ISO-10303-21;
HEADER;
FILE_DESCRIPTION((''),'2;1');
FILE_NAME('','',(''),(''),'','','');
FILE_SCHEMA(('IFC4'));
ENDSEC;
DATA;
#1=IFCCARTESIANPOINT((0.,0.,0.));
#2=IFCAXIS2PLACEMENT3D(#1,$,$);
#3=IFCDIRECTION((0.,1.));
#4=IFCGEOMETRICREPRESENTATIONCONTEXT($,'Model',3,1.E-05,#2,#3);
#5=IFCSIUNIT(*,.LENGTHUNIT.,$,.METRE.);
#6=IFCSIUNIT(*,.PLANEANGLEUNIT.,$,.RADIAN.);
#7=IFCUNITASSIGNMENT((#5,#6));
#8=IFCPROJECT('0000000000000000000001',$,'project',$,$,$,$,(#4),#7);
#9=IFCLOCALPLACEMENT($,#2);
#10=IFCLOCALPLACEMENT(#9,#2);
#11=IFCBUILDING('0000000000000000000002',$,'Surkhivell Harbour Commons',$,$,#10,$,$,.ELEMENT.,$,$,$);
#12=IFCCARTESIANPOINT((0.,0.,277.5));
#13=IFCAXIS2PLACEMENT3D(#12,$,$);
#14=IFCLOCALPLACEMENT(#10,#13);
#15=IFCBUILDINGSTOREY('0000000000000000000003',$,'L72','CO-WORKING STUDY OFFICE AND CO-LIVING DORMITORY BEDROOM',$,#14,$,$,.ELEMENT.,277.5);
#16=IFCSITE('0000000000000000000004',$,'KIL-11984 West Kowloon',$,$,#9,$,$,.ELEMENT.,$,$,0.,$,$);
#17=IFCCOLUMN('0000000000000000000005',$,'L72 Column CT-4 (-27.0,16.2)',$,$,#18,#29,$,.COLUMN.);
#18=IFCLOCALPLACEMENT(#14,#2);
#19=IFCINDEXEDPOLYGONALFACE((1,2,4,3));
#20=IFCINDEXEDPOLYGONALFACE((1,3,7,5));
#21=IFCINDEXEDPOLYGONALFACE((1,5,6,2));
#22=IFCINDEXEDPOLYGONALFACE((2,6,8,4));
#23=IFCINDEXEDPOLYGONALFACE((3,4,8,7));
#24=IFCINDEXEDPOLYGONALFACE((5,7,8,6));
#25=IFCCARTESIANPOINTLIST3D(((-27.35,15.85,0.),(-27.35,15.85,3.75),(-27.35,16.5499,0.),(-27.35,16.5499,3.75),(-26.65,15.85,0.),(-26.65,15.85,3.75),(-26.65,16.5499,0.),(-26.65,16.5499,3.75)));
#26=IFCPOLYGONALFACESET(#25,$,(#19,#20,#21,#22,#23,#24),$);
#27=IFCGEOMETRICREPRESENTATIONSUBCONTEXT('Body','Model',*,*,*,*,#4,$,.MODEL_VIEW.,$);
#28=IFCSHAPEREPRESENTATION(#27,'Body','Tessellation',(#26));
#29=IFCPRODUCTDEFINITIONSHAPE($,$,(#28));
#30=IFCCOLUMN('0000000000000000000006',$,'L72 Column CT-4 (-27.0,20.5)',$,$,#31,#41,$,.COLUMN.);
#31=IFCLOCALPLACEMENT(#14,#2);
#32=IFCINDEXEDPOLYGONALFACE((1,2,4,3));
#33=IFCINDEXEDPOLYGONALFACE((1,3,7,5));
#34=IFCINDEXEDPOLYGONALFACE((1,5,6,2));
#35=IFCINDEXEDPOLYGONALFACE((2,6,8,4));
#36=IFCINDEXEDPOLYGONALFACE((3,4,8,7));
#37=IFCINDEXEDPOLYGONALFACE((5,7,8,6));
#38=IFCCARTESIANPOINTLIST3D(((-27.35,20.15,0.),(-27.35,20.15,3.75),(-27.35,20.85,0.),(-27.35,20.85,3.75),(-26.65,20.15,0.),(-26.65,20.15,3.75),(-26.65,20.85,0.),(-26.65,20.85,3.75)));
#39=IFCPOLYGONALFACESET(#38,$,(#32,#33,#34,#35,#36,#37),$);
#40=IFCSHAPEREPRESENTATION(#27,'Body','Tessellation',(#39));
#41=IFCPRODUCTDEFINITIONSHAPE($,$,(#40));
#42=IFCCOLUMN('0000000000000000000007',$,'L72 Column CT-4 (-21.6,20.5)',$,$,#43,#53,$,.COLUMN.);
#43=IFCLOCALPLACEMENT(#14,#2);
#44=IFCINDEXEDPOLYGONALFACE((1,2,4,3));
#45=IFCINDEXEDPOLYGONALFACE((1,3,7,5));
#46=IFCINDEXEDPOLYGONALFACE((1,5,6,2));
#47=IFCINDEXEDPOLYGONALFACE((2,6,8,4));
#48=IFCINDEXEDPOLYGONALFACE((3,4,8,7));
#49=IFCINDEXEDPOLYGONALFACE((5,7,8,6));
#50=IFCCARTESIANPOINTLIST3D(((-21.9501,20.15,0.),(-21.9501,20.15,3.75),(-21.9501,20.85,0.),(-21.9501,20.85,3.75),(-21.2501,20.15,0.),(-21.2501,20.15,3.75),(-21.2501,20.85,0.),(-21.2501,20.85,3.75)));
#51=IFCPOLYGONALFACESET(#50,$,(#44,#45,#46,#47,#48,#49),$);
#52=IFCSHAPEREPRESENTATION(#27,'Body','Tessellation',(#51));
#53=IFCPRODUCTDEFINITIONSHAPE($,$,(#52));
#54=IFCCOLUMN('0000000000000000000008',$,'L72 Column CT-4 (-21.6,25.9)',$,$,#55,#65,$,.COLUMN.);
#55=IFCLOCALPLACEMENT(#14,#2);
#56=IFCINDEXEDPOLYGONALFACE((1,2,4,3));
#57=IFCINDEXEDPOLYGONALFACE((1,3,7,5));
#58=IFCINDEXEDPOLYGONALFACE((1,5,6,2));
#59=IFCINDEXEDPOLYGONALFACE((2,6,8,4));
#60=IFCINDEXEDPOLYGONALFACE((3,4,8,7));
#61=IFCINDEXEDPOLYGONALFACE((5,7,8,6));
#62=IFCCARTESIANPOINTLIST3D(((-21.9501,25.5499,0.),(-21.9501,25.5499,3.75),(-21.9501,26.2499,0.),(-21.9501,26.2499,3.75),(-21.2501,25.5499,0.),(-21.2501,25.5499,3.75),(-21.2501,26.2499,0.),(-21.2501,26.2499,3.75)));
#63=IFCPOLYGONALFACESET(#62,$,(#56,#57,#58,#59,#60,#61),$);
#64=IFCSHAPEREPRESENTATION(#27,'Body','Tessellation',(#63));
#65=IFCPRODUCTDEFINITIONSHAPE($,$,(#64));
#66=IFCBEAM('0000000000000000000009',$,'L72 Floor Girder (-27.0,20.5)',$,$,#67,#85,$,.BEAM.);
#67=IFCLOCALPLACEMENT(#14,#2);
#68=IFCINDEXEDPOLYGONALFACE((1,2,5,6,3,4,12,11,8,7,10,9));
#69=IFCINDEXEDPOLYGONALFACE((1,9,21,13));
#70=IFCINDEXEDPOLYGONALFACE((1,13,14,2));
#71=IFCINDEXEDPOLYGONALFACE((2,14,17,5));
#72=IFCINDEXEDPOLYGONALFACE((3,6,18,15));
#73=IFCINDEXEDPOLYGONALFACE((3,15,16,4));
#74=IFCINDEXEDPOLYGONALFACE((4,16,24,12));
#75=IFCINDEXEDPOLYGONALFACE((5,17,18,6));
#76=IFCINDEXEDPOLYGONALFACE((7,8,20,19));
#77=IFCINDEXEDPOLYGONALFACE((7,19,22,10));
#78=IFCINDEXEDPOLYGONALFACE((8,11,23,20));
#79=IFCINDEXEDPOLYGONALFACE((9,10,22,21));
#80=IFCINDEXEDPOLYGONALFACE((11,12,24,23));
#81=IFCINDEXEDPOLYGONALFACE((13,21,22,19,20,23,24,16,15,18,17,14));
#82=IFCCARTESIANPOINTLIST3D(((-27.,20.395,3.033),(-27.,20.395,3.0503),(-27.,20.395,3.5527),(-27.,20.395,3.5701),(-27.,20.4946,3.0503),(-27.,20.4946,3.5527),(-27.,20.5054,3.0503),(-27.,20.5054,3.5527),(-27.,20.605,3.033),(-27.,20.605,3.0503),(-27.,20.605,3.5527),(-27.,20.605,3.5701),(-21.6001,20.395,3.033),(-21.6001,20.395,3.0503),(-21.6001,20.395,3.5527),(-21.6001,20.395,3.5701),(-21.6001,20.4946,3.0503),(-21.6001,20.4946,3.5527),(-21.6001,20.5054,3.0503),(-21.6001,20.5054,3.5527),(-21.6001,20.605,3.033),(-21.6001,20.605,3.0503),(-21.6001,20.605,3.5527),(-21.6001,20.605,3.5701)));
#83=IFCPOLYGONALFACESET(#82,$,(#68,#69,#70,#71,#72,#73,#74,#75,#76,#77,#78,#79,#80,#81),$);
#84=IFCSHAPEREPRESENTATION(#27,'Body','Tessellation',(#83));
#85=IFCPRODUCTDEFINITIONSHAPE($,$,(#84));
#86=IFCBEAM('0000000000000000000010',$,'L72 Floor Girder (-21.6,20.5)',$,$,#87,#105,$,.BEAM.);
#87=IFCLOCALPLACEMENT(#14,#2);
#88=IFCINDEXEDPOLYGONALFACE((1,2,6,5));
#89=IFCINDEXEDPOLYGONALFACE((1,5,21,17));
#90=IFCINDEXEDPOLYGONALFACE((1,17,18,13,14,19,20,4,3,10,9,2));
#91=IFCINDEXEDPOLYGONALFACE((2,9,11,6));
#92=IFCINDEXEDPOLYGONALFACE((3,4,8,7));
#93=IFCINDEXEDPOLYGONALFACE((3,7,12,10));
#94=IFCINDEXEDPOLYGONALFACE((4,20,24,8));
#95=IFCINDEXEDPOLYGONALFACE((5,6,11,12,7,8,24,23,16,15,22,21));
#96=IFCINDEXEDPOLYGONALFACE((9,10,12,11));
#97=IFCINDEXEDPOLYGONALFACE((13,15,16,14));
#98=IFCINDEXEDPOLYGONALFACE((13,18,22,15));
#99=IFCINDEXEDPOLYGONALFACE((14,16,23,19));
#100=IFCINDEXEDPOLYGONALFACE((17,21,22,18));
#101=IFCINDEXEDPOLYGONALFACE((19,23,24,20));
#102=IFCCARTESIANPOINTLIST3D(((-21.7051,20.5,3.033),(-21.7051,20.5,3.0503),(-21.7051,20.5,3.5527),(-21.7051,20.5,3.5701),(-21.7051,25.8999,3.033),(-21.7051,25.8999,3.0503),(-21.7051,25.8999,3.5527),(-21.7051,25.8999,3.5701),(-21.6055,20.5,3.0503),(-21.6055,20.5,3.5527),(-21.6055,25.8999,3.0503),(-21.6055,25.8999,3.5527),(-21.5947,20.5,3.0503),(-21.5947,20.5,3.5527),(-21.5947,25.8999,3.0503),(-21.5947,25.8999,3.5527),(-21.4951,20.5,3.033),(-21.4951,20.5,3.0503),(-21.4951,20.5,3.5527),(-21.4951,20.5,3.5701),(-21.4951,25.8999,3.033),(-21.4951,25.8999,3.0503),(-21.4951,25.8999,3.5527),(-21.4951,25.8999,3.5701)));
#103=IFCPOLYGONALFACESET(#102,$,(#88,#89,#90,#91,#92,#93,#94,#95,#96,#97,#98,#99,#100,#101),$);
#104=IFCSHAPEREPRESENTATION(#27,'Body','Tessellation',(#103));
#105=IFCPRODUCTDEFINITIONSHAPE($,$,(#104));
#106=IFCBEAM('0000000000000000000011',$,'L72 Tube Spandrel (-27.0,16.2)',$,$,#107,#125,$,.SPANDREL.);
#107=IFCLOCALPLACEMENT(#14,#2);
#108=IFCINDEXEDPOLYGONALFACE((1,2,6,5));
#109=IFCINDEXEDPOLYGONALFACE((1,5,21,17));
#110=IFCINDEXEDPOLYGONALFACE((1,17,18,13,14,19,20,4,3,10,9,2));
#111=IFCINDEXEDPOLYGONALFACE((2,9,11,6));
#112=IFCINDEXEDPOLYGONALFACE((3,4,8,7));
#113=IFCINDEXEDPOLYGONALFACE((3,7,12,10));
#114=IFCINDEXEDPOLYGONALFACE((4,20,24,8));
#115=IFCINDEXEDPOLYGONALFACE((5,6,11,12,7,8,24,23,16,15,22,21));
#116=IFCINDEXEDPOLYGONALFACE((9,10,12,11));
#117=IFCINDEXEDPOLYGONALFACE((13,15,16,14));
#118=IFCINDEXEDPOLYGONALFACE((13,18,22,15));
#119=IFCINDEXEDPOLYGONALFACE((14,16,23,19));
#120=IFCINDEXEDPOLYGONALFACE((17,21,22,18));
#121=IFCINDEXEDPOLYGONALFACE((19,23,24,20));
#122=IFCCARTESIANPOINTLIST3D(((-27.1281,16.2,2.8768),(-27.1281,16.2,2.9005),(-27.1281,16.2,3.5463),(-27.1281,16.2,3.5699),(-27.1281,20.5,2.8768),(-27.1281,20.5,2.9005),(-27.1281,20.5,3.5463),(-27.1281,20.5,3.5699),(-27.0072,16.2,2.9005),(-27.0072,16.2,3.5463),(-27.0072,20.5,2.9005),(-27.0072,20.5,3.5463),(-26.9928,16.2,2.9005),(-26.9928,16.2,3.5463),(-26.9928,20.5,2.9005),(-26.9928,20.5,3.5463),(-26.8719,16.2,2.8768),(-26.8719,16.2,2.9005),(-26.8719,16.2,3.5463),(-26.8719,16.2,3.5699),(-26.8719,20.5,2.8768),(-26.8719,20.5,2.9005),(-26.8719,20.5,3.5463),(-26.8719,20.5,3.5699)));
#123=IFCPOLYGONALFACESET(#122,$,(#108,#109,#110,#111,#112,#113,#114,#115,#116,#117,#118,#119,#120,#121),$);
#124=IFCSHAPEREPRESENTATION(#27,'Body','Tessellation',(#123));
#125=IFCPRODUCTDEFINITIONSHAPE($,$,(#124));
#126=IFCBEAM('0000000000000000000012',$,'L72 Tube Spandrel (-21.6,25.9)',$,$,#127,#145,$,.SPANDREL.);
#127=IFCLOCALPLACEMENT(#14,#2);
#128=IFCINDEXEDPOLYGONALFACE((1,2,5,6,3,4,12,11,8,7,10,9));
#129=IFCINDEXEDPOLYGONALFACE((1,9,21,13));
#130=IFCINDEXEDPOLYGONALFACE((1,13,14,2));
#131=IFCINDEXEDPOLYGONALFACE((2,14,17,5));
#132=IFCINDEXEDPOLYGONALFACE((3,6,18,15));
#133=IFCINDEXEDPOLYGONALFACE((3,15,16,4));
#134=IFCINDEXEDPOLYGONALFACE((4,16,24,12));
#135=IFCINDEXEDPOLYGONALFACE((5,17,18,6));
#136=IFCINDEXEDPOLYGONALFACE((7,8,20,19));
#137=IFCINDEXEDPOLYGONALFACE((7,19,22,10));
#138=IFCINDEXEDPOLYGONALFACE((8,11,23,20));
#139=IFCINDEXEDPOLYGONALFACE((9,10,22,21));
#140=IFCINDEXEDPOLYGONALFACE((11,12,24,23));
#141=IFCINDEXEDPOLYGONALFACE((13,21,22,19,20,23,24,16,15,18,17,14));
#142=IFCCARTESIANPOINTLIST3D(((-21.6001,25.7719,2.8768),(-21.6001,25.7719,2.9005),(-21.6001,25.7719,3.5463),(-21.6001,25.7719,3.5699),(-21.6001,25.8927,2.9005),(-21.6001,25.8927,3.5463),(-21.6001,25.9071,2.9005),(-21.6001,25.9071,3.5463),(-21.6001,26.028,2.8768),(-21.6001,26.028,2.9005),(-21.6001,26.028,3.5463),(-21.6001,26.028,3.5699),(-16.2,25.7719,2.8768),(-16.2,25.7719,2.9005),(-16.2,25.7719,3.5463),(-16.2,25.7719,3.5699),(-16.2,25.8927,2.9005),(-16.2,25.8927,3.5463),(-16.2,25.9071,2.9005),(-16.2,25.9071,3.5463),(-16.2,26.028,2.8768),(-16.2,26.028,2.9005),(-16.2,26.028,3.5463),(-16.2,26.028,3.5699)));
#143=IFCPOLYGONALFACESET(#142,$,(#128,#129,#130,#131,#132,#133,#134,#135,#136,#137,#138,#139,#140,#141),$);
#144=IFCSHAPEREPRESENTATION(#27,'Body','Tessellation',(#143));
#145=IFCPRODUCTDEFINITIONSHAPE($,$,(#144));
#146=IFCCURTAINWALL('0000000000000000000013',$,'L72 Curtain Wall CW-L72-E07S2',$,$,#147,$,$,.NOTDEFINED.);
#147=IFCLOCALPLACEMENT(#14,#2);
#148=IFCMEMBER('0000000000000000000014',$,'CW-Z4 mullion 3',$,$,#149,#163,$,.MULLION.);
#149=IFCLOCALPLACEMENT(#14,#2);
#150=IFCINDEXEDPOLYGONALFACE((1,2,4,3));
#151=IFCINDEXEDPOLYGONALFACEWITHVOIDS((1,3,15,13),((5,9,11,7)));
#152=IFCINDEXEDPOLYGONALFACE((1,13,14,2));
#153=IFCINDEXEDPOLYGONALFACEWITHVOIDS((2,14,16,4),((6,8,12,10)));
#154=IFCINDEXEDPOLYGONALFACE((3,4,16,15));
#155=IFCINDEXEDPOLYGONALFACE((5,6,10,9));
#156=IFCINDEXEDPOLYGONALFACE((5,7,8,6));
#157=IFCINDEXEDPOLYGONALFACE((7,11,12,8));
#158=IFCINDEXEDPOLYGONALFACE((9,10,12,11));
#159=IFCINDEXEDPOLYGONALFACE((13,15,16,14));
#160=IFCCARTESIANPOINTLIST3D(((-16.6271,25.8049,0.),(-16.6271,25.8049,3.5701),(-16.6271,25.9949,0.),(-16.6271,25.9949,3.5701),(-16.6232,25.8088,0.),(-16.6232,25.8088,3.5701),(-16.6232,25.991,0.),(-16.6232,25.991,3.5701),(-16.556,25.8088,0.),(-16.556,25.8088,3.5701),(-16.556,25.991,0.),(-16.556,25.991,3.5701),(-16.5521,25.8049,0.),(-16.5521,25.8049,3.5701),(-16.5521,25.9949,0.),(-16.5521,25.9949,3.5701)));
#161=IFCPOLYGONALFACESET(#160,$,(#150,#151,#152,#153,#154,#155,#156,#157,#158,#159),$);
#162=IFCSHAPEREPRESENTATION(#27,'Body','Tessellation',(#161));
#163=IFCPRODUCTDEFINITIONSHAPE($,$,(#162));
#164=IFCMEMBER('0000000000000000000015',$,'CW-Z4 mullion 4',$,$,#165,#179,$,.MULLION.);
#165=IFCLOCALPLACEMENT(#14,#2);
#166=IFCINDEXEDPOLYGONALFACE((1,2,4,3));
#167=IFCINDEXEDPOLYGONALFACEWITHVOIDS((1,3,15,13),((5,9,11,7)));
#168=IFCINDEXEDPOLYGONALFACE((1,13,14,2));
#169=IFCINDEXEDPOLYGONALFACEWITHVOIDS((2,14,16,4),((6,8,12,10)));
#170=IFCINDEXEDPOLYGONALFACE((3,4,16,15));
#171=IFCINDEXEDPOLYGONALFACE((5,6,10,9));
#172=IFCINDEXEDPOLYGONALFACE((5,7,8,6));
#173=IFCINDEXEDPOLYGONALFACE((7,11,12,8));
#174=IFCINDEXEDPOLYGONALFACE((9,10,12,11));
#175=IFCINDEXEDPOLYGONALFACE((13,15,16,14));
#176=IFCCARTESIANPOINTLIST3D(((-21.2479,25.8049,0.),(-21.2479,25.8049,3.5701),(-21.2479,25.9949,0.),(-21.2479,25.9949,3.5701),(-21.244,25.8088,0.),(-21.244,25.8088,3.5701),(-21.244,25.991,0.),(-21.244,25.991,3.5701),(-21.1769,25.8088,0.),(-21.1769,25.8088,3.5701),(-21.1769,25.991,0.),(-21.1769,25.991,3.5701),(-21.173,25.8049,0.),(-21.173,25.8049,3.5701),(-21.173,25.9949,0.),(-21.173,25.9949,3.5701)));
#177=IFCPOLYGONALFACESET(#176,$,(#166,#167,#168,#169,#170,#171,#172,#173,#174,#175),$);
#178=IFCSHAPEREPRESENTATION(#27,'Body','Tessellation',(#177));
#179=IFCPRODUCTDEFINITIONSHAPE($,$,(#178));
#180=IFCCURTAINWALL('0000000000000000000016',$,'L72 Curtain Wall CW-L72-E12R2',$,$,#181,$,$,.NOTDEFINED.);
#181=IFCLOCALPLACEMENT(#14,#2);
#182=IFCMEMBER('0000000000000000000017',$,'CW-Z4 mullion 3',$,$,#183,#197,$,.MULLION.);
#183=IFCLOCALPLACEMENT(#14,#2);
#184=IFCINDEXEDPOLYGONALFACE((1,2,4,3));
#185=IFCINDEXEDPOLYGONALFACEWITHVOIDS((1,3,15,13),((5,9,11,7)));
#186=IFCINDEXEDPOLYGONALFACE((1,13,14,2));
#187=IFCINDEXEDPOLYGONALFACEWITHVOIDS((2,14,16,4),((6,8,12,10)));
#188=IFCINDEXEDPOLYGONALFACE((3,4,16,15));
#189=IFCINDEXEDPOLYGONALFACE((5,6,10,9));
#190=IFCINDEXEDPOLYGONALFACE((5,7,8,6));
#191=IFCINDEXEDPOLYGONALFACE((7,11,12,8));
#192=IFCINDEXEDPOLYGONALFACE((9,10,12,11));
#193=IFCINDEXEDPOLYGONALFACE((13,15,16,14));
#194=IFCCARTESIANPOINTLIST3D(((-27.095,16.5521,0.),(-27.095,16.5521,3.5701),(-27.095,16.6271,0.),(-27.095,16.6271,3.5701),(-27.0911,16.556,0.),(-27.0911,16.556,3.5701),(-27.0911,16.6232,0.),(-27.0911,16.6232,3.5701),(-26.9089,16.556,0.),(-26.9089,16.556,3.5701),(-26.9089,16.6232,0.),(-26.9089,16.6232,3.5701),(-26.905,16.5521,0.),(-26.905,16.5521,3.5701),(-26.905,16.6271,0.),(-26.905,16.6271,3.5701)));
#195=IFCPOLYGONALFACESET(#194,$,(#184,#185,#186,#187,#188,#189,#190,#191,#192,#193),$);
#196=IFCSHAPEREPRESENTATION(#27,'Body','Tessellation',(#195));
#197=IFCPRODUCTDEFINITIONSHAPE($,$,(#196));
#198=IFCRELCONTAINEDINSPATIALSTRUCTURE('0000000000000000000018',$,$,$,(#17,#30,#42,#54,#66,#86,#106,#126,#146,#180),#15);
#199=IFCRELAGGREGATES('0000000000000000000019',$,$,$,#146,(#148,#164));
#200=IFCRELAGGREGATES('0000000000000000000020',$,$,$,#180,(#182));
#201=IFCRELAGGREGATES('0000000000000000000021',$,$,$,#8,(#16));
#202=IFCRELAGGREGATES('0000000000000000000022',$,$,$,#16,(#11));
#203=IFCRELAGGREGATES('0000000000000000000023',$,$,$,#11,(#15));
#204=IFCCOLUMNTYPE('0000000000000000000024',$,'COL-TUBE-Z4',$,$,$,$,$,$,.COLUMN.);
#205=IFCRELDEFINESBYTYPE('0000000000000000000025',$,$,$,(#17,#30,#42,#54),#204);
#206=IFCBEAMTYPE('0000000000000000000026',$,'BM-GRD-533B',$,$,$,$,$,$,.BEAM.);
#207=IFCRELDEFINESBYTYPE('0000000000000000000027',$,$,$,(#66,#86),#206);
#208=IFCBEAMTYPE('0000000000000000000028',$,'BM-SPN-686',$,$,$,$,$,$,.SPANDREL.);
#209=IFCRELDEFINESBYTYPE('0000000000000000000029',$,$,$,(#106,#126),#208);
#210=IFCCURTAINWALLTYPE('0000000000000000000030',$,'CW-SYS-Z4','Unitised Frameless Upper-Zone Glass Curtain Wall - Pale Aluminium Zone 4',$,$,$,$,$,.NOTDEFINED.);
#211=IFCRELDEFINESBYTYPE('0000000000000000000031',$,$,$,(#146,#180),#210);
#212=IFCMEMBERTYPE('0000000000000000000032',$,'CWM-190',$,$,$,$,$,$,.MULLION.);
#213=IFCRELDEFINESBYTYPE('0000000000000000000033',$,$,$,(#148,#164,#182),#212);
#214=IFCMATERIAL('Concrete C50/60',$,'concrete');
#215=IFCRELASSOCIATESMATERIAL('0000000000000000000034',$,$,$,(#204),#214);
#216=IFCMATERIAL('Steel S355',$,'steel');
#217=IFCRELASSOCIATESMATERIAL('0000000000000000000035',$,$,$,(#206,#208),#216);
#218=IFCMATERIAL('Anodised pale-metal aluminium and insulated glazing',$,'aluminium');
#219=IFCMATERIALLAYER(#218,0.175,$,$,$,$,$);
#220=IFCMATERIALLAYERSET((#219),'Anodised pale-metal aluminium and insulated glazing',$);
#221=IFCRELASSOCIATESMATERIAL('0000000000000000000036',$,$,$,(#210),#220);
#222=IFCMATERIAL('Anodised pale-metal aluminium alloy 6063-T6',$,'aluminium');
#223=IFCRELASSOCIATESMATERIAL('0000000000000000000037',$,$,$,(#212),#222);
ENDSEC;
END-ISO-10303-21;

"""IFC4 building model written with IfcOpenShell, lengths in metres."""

from ifc_helpers import new_model, si_unit, direction, frame, origin, origin_2d, place, context, subcontext, project, spatial, rectangle, hollow_rectangle, i_section, extrude, material, layer, layer_set, material_profile, profile_set, type_object, element, aggregate, save


model = new_model("IFC4")

# Units and contexts
model_context = context("Model", 3, precision=1e-05, world=origin(), true_north=direction((0.0, 1.0)))
body_context = subcontext(model_context, "Body", "Model", "MODEL_VIEW")
ifc_project = project(units=[si_unit("LENGTHUNIT", "METRE"), si_unit("PLANEANGLEUNIT", "RADIAN")], contexts=[model_context])

# Site, building, storey
site_placement = place(None, origin())
site = spatial("IfcSite", under=ifc_project, at=site_placement, Name="KIL-11984 West Kowloon", CompositionType="ELEMENT", RefElevation=0.0)
building_placement = place(site_placement, origin())
building = spatial("IfcBuilding", under=site, at=building_placement, Name="Surkhivell Harbour Commons", CompositionType="ELEMENT")
storey_placement = place(building_placement, frame((0.0, 0.0, 277.5)))
storey = spatial("IfcBuildingStorey", under=building, at=storey_placement, Name="L72", Description="CO-WORKING STUDY OFFICE AND CO-LIVING DORMITORY BEDROOM", CompositionType="ELEMENT", Elevation=277.5)

# Columns
ifc_material_1 = material(Name="Concrete C50/60", Category="concrete")
ifc_material_profile_1 = material_profile(ifc_material_1, rectangle(XDim=0.7, YDim=0.7, at=origin_2d()), Name="RC-COL-700x700")
ifc_profile_set_1 = profile_set([ifc_material_profile_1], Name="Concrete C50/60")
column_type = type_object("IfcColumnType", Name="COL-TUBE-Z4", PredefinedType="COLUMN", material=ifc_profile_set_1)
for number, where, z_axis, x_axis, name in (
    (1, (-27.0, 16.2, 0.0), (0.0, 0.0, 1.0), (1.0, 0.0, 0.0), "L72 Column CT-4 (-27.0,16.2)"),
    (2, (-27.0, 20.5, 0.0), (0.0, 0.0, 1.0), (1.0, 0.0, 0.0), "L72 Column CT-4 (-27.0,20.5)"),
    (3, (-21.6001, 20.5, 0.0), (0.0, 0.0, 1.0), (1.0, 0.0, 0.0), "L72 Column CT-4 (-21.6,20.5)"),
    (4, (-21.6001, 25.8999, 0.0), (0.0, 0.0, 1.0), (1.0, 0.0, 0.0), "L72 Column CT-4 (-21.6,25.9)"),
):
    element("IfcColumn", number, at=place(storey_placement, frame(where, z_axis=z_axis, x_axis=x_axis)), inside=storey, type_object=column_type, Name=name, PredefinedType="COLUMN", context=body_context, shape_type="SweptSolid", body=[
        extrude(rectangle(XDim=0.7, YDim=0.7, at=origin_2d()), origin(), (0.0, 0.0, 1.0), 3.75),
    ])

# Beams
ifc_material_2 = material(Name="Steel S355", Category="steel")
ifc_material_profile_2 = material_profile(ifc_material_2, i_section(OverallWidth=0.21, OverallDepth=0.5371, WebThickness=0.0107, FlangeThickness=0.0173, at=origin_2d()), Name="UB533x210x101")
ifc_profile_set_2 = profile_set([ifc_material_profile_2], Name="Steel S355")
beam_type_1 = type_object("IfcBeamType", Name="BM-GRD-533B", PredefinedType="BEAM", material=ifc_profile_set_2)
for number, where, z_axis, x_axis, name in (
    (5, (-27.0, 20.5, 3.3015), (1.0, 0.0, 0.0), (0.0, 1.0, 0.0), "L72 Floor Girder (-27.0,20.5)"),
    (6, (-21.6001, 20.5, 3.3015), (0.0, 1.0, 0.0), (-1.0, 0.0, 0.0), "L72 Floor Girder (-21.6,20.5)"),
):
    element("IfcBeam", number, at=place(storey_placement, frame(where, z_axis=z_axis, x_axis=x_axis)), inside=storey, type_object=beam_type_1, Name=name, PredefinedType="BEAM", context=body_context, shape_type="SweptSolid", body=[
        extrude(i_section(OverallWidth=0.21, OverallDepth=0.5371, WebThickness=0.0107, FlangeThickness=0.0173, at=origin_2d()), origin(), (0.0, 0.0, 1.0), 5.3999),
    ])
ifc_material_profile_3 = material_profile(ifc_material_2, i_section(OverallWidth=0.2561, OverallDepth=0.6931, WebThickness=0.0144, FlangeThickness=0.0237, at=origin_2d()), Name="UB686x254x170")
ifc_profile_set_3 = profile_set([ifc_material_profile_3], Name="Steel S355")
beam_type_2 = type_object("IfcBeamType", Name="BM-SPN-686", PredefinedType="SPANDREL", material=ifc_profile_set_3)
beam_1_placement = place(storey_placement, frame((-27.0, 16.2, 3.2234), z_axis=(0.0, 1.0, 0.0), x_axis=(-1.0, 0.0, 0.0)))
element("IfcBeam", 7, at=beam_1_placement, inside=storey, type_object=beam_type_2, Name="L72 Tube Spandrel (-27.0,16.2)", PredefinedType="SPANDREL", context=body_context, shape_type="SweptSolid", body=[
    extrude(i_section(OverallWidth=0.2561, OverallDepth=0.6931, WebThickness=0.0144, FlangeThickness=0.0237, at=origin_2d()), origin(), (0.0, 0.0, 1.0), 4.3),
])
beam_2_placement = place(storey_placement, frame((-21.6001, 25.8999, 3.2234), z_axis=(1.0, 0.0, 0.0), x_axis=(0.0, 1.0, 0.0)))
element("IfcBeam", 8, at=beam_2_placement, inside=storey, type_object=beam_type_2, Name="L72 Tube Spandrel (-21.6,25.9)", PredefinedType="SPANDREL", context=body_context, shape_type="SweptSolid", body=[
    extrude(i_section(OverallWidth=0.2561, OverallDepth=0.6931, WebThickness=0.0144, FlangeThickness=0.0237, at=origin_2d()), origin(), (0.0, 0.0, 1.0), 5.4001),
])

# Curtain walls, members
ifc_material_3 = material(Name="Anodised pale-metal aluminium and insulated glazing", Category="aluminium")
ifc_layer_1 = layer(ifc_material_3, 0.175)
ifc_layer_set_1 = layer_set([ifc_layer_1], Name="Anodised pale-metal aluminium and insulated glazing")
curtain_wall_type = type_object("IfcCurtainWallType", Name="CW-SYS-Z4", Description="Unitised Frameless Upper-Zone Glass Curtain Wall - Pale Aluminium Zone 4", PredefinedType="NOTDEFINED", material=ifc_layer_set_1)
curtain_wall_1_placement = place(storey_placement, origin())
curtain_wall_1 = element("IfcCurtainWall", 9, at=curtain_wall_1_placement, inside=storey, type_object=curtain_wall_type, Name="L72 Curtain Wall CW-L72-E07S2", PredefinedType="NOTDEFINED")
ifc_material_4 = material(Name="Anodised pale-metal aluminium alloy 6063-T6", Category="aluminium")
ifc_material_profile_4 = material_profile(ifc_material_4, hollow_rectangle(XDim=0.075, YDim=0.1899, WallThickness=0.0039, at=origin_2d()), Name="ALU-MULL-75x190")
ifc_profile_set_4 = profile_set([ifc_material_profile_4], Name="Anodised pale-metal aluminium alloy 6063-T6")
member_type_1 = type_object("IfcMemberType", Name="CWM-190", PredefinedType="MULLION", material=ifc_profile_set_4)
member_1_placement = place(storey_placement, frame((-16.5896, 25.8999, 0.0), z_axis=(0.0, 0.0, 1.0), x_axis=(-1.0, 0.0, 0.0)))
member_1 = element("IfcMember", 10, at=member_1_placement, type_object=member_type_1, Name="CW-Z4 mullion 3", PredefinedType="MULLION", context=body_context, shape_type="SweptSolid", body=[
    extrude(hollow_rectangle(XDim=0.075, YDim=0.1899, WallThickness=0.0039, at=origin_2d()), origin(), (0.0, 0.0, 1.0), 3.5701),
])
member_2_placement = place(storey_placement, frame((-21.2104, 25.8999, 0.0), z_axis=(0.0, 0.0, 1.0), x_axis=(-1.0, 0.0, 0.0)))
member_2 = element("IfcMember", 11, at=member_2_placement, type_object=member_type_1, Name="CW-Z4 mullion 4", PredefinedType="MULLION", context=body_context, shape_type="SweptSolid", body=[
    extrude(hollow_rectangle(XDim=0.075, YDim=0.1899, WallThickness=0.0039, at=origin_2d()), origin(), (0.0, 0.0, 1.0), 3.5701),
])
curtain_wall_2_placement = place(storey_placement, origin())
curtain_wall_2 = element("IfcCurtainWall", 12, at=curtain_wall_2_placement, inside=storey, type_object=curtain_wall_type, Name="L72 Curtain Wall CW-L72-E12R2", PredefinedType="NOTDEFINED")
member_3_placement = place(storey_placement, frame((-27.0, 16.5896, 0.0), z_axis=(0.0, 0.0, 1.0), x_axis=(0.0, 1.0, 0.0)))
member_3 = element("IfcMember", 13, at=member_3_placement, type_object=member_type_1, Name="CW-Z4 mullion 3", PredefinedType="MULLION", context=body_context, shape_type="SweptSolid", body=[
    extrude(hollow_rectangle(XDim=0.075, YDim=0.1899, WallThickness=0.0039, at=origin_2d()), origin(), (0.0, 0.0, 1.0), 3.5701),
])

aggregate(curtain_wall_1, [member_1, member_2])
aggregate(curtain_wall_2, [member_3])

save(model, "model.ifc")
